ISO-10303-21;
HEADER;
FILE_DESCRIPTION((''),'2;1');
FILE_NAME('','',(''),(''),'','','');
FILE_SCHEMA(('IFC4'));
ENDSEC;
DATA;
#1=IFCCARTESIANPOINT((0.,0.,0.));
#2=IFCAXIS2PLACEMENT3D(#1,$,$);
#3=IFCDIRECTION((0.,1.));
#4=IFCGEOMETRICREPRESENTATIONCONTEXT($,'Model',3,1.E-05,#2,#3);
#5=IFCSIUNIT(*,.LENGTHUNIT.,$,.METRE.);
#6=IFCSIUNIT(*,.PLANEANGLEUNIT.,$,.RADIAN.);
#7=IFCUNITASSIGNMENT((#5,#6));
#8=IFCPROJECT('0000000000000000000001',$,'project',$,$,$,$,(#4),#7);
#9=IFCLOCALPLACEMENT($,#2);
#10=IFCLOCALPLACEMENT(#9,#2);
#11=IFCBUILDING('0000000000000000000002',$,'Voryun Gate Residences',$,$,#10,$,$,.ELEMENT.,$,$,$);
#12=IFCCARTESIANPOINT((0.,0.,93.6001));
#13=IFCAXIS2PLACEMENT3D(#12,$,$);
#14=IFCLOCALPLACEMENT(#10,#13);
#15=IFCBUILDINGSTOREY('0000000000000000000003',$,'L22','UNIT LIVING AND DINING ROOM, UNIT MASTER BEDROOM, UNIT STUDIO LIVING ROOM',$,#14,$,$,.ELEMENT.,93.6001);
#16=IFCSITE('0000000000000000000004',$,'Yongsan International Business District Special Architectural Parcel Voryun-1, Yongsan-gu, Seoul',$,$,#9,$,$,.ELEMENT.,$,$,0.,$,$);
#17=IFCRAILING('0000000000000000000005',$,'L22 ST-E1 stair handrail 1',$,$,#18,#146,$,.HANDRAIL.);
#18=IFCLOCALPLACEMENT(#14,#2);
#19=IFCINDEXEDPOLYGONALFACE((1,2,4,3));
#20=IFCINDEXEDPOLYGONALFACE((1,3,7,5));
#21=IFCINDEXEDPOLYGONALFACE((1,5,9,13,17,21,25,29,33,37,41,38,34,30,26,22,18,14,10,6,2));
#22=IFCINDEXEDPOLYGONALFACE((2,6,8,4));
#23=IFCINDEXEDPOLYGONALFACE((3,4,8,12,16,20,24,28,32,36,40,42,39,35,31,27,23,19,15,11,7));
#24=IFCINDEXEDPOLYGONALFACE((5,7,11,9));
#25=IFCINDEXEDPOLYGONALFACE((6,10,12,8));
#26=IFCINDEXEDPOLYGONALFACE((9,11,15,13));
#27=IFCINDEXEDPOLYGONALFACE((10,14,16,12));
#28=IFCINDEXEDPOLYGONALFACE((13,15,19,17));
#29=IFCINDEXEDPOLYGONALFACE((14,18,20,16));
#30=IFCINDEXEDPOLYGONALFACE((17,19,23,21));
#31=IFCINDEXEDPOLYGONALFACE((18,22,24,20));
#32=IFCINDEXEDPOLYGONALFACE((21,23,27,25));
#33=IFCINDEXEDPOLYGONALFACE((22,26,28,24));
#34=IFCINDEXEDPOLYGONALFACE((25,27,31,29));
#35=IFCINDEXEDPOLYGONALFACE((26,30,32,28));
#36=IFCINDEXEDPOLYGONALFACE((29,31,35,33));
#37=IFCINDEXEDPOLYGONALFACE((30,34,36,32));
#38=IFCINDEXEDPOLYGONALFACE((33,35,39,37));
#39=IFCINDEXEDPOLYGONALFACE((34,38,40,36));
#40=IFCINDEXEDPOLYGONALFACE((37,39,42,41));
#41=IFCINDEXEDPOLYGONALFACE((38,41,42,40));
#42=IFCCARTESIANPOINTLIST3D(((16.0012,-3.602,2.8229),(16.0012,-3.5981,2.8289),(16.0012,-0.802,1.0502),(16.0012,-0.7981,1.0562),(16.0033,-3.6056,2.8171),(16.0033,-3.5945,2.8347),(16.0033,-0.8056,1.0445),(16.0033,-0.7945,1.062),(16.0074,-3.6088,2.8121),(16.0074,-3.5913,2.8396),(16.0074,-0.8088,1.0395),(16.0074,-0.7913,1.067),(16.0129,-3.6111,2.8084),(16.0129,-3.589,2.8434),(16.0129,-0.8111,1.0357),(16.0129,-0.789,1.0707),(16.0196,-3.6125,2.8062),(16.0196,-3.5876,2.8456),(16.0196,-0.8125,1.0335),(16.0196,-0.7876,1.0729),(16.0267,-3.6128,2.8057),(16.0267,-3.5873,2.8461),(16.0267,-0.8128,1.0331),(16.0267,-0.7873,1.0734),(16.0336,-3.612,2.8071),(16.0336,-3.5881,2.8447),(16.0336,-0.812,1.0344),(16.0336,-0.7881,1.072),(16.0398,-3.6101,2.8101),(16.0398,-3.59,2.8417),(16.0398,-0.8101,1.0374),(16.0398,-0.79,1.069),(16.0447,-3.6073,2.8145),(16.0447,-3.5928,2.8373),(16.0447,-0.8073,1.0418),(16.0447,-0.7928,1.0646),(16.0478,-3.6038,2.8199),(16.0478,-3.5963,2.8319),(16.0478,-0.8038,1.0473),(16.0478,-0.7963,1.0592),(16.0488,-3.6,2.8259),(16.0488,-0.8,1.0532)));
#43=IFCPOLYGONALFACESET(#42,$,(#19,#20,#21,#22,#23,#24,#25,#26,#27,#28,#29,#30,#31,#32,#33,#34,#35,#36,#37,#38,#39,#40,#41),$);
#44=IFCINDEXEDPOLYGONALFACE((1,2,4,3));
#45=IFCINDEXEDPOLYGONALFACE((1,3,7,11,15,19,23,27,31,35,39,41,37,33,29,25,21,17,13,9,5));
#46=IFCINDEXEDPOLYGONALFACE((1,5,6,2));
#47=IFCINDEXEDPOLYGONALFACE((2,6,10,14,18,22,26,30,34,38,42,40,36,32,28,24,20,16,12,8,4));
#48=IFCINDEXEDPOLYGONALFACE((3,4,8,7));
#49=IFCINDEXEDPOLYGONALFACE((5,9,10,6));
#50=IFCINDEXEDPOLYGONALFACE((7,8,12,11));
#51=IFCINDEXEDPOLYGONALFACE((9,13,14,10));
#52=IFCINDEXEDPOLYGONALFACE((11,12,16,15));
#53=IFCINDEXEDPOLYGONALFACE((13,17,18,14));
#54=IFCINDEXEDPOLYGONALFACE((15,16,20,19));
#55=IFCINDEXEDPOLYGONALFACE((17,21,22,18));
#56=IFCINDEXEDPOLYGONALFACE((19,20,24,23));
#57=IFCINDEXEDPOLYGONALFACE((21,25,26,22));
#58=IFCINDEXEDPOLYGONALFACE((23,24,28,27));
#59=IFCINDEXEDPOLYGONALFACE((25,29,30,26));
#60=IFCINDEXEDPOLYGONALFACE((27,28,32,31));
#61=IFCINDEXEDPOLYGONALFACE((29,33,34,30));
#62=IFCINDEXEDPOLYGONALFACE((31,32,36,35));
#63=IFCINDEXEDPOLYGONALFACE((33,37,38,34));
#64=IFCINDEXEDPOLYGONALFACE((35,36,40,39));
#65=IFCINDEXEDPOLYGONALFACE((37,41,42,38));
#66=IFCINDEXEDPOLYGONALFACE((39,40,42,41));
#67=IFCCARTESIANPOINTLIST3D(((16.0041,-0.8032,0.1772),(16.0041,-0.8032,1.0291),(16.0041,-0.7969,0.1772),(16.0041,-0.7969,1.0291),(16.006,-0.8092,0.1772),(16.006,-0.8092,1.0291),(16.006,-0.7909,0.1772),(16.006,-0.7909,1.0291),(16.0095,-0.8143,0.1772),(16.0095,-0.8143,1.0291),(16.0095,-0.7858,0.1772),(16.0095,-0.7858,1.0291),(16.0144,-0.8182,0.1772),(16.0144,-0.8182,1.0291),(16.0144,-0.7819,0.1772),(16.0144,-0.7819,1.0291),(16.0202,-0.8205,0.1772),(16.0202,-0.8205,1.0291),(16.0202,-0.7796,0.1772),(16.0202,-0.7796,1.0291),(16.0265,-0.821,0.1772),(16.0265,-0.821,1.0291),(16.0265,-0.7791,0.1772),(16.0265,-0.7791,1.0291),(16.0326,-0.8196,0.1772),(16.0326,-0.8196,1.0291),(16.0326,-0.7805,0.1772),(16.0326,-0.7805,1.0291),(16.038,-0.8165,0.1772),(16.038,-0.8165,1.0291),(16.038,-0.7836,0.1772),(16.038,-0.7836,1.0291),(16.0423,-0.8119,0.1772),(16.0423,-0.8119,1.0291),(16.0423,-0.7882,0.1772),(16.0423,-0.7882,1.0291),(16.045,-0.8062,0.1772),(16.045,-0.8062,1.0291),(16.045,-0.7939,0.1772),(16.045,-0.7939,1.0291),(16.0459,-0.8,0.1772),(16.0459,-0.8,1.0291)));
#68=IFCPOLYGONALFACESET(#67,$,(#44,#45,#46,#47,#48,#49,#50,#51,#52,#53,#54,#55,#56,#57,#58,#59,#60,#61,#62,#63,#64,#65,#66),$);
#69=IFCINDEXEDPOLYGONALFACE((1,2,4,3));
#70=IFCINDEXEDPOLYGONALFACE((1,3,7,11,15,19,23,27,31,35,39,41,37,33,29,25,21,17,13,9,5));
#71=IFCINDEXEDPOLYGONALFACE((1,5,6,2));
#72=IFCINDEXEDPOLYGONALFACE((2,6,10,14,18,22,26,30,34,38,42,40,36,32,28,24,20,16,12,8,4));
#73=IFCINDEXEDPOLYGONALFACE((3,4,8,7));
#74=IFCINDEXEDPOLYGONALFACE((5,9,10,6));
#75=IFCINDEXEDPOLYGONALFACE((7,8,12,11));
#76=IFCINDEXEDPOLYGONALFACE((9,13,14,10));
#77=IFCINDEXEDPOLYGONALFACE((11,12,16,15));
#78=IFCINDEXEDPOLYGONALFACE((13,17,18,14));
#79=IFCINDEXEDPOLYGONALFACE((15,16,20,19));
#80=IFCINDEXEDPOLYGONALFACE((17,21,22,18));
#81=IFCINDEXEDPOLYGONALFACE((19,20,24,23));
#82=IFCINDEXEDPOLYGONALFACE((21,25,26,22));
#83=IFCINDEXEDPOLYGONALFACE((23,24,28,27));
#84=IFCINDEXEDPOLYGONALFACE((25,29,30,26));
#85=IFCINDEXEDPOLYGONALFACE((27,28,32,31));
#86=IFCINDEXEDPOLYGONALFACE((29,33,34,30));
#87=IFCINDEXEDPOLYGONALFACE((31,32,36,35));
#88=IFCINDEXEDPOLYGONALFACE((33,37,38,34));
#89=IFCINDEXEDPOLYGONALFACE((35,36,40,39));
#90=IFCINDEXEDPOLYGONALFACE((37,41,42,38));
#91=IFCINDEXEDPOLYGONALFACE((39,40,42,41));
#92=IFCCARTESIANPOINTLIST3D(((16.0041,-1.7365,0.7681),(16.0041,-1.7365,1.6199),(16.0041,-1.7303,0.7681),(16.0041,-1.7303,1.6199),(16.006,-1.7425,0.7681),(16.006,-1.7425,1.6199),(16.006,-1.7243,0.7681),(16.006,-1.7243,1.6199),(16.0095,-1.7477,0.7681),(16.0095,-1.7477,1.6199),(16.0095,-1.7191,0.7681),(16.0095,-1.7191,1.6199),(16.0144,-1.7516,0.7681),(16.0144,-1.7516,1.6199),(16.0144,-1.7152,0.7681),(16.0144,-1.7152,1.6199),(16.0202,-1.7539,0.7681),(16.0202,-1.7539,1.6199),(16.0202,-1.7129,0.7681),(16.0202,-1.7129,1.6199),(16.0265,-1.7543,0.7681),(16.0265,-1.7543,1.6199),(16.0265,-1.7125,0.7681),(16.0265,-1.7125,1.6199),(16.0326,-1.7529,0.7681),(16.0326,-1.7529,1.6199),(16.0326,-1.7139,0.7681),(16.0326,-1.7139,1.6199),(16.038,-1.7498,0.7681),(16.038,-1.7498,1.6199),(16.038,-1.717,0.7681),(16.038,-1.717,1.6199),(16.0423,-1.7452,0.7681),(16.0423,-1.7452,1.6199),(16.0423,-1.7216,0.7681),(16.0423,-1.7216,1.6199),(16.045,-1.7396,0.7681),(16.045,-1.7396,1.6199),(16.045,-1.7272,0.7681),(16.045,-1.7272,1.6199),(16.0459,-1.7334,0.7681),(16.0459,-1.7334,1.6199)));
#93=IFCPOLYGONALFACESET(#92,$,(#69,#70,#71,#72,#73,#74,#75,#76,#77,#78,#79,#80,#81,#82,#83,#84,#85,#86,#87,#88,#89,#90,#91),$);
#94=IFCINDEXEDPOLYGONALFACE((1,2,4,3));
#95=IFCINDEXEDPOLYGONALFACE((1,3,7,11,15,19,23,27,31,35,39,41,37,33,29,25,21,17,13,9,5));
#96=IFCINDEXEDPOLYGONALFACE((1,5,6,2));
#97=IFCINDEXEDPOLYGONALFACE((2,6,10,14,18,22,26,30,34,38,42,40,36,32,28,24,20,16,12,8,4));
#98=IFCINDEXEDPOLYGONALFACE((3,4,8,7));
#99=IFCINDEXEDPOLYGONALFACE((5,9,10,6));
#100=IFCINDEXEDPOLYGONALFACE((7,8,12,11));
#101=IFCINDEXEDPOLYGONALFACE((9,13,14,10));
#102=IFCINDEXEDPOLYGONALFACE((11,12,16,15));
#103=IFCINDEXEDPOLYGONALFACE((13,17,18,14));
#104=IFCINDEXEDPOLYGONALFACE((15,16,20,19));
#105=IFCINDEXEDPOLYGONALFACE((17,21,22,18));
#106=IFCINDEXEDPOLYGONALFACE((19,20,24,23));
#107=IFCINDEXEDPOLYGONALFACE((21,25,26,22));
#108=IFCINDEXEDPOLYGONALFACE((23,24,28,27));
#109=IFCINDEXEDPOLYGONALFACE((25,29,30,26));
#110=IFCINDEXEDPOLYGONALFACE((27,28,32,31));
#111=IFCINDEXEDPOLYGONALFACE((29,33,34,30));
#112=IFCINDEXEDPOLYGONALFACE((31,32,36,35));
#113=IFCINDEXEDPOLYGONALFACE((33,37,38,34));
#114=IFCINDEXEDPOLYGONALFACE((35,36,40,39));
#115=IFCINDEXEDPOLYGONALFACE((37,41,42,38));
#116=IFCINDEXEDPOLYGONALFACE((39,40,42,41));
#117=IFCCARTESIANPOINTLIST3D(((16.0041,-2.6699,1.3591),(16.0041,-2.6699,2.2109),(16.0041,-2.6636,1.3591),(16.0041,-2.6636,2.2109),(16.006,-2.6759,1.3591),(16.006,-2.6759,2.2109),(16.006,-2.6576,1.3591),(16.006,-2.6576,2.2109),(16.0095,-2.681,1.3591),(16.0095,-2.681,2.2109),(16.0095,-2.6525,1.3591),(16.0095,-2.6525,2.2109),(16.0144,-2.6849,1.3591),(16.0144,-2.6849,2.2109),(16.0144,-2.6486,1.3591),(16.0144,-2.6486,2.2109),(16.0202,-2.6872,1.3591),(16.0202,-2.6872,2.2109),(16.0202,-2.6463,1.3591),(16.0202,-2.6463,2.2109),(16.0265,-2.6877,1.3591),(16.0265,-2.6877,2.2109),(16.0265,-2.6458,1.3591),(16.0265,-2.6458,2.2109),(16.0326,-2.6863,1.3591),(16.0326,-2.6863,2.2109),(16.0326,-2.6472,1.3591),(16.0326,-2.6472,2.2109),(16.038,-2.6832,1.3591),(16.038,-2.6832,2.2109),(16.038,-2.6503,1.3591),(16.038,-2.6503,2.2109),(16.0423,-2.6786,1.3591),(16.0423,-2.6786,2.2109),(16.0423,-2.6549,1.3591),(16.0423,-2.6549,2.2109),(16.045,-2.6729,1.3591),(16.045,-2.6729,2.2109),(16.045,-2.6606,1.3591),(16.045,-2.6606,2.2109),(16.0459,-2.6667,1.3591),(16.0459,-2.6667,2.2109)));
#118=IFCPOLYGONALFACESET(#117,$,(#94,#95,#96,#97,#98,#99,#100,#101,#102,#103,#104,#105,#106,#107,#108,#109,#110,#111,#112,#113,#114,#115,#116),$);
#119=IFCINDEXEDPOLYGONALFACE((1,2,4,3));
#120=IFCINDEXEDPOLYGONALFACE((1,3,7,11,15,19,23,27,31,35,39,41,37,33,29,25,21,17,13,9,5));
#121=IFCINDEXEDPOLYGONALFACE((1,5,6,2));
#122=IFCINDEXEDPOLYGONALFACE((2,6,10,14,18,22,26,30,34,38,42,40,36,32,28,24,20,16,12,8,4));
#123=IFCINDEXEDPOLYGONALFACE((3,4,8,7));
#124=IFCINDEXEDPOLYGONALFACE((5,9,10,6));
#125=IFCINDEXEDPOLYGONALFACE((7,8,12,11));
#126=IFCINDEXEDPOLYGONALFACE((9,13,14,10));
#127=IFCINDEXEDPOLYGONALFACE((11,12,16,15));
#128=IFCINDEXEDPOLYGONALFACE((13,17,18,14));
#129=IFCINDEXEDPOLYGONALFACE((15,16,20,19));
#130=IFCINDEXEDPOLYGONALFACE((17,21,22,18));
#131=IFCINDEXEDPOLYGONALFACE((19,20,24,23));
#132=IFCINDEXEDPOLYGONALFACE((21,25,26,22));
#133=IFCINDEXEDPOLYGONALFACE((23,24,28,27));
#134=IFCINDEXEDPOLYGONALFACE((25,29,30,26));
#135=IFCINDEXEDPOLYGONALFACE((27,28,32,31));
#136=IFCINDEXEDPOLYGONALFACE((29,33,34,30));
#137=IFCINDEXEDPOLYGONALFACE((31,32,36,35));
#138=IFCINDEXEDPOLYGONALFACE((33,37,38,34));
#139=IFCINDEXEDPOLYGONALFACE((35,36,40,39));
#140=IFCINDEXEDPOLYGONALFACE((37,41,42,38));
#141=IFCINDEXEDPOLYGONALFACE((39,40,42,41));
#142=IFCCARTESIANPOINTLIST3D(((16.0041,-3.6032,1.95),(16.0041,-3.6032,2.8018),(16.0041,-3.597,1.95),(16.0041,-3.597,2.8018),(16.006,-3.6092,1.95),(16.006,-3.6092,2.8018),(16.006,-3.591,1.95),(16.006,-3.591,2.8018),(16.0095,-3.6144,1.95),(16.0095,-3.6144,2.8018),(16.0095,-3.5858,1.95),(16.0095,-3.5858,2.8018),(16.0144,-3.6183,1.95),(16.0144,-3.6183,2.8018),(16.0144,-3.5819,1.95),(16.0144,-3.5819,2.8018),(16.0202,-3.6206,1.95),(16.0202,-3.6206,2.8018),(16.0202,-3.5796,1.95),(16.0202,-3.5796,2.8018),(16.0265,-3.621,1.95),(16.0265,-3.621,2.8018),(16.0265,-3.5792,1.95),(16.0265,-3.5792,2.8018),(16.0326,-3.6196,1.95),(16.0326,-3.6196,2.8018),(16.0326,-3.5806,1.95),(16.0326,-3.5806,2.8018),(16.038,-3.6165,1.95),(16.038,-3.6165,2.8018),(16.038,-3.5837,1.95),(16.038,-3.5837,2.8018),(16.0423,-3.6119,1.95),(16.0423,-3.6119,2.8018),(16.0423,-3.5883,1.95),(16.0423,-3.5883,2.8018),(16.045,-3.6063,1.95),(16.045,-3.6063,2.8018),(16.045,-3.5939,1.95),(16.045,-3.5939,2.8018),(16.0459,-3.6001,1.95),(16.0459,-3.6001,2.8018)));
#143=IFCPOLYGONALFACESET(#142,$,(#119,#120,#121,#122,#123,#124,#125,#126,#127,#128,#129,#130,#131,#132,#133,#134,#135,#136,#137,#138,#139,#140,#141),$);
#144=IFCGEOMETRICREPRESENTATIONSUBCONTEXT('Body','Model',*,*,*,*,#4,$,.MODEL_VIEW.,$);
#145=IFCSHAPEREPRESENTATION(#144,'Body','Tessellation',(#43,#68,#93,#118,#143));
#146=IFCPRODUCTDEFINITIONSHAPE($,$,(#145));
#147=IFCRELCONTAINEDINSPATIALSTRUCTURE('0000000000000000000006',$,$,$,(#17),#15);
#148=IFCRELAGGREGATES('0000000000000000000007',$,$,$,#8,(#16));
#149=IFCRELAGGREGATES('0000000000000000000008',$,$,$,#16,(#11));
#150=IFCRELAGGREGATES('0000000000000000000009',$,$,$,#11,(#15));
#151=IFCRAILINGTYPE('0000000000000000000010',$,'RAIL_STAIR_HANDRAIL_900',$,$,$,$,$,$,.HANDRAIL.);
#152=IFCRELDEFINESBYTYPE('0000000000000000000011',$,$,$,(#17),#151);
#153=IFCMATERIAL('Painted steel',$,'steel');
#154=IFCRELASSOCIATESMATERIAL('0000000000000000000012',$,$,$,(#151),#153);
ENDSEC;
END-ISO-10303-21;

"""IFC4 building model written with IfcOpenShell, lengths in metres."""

from ifc_helpers import new_model, si_unit, direction, frame, origin, origin_2d, place, context, subcontext, project, spatial, circle, extrude, material, type_object, element, save


model = new_model("IFC4")

# Units and contexts
model_context = context("Model", 3, precision=1e-05, world=origin(), true_north=direction((0.0, 1.0)))
body_context = subcontext(model_context, "Body", "Model", "MODEL_VIEW")
ifc_project = project(units=[si_unit("LENGTHUNIT", "METRE"), si_unit("PLANEANGLEUNIT", "RADIAN")], contexts=[model_context])

# Site, building, storey
site_placement = place(None, origin())
site = spatial("IfcSite", under=ifc_project, at=site_placement, Name="Yongsan International Business District Special Architectural Parcel Voryun-1, Yongsan-gu, Seoul", CompositionType="ELEMENT", RefElevation=0.0)
building_placement = place(site_placement, origin())
building = spatial("IfcBuilding", under=site, at=building_placement, Name="Voryun Gate Residences", CompositionType="ELEMENT")
storey_placement = place(building_placement, frame((0.0, 0.0, 93.6001)))
storey = spatial("IfcBuildingStorey", under=building, at=storey_placement, Name="L22", Description="UNIT LIVING AND DINING ROOM, UNIT MASTER BEDROOM, UNIT STUDIO LIVING ROOM", CompositionType="ELEMENT", Elevation=93.6001)

# Railing
ifc_material_1 = material(Name="Painted steel", Category="steel")
railing_type_1 = type_object("IfcRailingType", Name="RAIL_STAIR_HANDRAIL_900", PredefinedType="HANDRAIL", material=ifc_material_1)
railing_1_placement = place(storey_placement, frame((16.0249, -0.8, 0.1772)))
element("IfcRailing", 1, at=railing_1_placement, inside=storey, type_object=railing_type_1, Name="L22 ST-E1 stair handrail 1", PredefinedType="HANDRAIL", context=body_context, shape_type="SweptSolid", body=[
    extrude(circle(Radius=0.0239, at=origin_2d()), frame((0.0, 0.0, 0.876), z_axis=(0.0, -0.844909, 0.53491), x_axis=(1.0, 0.0, 0.0)), (0.0, 0.0, 1.0), 3.314),
    extrude(circle(Radius=0.021, at=origin_2d()), origin(), (0.0, 0.0, 1.0), 0.8518),
    extrude(circle(Radius=0.021, at=origin_2d()), frame((0.0, -0.9333, 0.5908)), (0.0, 0.0, 1.0), 0.8518),
    extrude(circle(Radius=0.021, at=origin_2d()), frame((0.0, -1.8667, 1.1819)), (0.0, 0.0, 1.0), 0.8518),
    extrude(circle(Radius=0.021, at=origin_2d()), frame((0.0, -2.8, 1.7727)), (0.0, 0.0, 1.0), 0.8518),
])

save(model, "model.ifc")
